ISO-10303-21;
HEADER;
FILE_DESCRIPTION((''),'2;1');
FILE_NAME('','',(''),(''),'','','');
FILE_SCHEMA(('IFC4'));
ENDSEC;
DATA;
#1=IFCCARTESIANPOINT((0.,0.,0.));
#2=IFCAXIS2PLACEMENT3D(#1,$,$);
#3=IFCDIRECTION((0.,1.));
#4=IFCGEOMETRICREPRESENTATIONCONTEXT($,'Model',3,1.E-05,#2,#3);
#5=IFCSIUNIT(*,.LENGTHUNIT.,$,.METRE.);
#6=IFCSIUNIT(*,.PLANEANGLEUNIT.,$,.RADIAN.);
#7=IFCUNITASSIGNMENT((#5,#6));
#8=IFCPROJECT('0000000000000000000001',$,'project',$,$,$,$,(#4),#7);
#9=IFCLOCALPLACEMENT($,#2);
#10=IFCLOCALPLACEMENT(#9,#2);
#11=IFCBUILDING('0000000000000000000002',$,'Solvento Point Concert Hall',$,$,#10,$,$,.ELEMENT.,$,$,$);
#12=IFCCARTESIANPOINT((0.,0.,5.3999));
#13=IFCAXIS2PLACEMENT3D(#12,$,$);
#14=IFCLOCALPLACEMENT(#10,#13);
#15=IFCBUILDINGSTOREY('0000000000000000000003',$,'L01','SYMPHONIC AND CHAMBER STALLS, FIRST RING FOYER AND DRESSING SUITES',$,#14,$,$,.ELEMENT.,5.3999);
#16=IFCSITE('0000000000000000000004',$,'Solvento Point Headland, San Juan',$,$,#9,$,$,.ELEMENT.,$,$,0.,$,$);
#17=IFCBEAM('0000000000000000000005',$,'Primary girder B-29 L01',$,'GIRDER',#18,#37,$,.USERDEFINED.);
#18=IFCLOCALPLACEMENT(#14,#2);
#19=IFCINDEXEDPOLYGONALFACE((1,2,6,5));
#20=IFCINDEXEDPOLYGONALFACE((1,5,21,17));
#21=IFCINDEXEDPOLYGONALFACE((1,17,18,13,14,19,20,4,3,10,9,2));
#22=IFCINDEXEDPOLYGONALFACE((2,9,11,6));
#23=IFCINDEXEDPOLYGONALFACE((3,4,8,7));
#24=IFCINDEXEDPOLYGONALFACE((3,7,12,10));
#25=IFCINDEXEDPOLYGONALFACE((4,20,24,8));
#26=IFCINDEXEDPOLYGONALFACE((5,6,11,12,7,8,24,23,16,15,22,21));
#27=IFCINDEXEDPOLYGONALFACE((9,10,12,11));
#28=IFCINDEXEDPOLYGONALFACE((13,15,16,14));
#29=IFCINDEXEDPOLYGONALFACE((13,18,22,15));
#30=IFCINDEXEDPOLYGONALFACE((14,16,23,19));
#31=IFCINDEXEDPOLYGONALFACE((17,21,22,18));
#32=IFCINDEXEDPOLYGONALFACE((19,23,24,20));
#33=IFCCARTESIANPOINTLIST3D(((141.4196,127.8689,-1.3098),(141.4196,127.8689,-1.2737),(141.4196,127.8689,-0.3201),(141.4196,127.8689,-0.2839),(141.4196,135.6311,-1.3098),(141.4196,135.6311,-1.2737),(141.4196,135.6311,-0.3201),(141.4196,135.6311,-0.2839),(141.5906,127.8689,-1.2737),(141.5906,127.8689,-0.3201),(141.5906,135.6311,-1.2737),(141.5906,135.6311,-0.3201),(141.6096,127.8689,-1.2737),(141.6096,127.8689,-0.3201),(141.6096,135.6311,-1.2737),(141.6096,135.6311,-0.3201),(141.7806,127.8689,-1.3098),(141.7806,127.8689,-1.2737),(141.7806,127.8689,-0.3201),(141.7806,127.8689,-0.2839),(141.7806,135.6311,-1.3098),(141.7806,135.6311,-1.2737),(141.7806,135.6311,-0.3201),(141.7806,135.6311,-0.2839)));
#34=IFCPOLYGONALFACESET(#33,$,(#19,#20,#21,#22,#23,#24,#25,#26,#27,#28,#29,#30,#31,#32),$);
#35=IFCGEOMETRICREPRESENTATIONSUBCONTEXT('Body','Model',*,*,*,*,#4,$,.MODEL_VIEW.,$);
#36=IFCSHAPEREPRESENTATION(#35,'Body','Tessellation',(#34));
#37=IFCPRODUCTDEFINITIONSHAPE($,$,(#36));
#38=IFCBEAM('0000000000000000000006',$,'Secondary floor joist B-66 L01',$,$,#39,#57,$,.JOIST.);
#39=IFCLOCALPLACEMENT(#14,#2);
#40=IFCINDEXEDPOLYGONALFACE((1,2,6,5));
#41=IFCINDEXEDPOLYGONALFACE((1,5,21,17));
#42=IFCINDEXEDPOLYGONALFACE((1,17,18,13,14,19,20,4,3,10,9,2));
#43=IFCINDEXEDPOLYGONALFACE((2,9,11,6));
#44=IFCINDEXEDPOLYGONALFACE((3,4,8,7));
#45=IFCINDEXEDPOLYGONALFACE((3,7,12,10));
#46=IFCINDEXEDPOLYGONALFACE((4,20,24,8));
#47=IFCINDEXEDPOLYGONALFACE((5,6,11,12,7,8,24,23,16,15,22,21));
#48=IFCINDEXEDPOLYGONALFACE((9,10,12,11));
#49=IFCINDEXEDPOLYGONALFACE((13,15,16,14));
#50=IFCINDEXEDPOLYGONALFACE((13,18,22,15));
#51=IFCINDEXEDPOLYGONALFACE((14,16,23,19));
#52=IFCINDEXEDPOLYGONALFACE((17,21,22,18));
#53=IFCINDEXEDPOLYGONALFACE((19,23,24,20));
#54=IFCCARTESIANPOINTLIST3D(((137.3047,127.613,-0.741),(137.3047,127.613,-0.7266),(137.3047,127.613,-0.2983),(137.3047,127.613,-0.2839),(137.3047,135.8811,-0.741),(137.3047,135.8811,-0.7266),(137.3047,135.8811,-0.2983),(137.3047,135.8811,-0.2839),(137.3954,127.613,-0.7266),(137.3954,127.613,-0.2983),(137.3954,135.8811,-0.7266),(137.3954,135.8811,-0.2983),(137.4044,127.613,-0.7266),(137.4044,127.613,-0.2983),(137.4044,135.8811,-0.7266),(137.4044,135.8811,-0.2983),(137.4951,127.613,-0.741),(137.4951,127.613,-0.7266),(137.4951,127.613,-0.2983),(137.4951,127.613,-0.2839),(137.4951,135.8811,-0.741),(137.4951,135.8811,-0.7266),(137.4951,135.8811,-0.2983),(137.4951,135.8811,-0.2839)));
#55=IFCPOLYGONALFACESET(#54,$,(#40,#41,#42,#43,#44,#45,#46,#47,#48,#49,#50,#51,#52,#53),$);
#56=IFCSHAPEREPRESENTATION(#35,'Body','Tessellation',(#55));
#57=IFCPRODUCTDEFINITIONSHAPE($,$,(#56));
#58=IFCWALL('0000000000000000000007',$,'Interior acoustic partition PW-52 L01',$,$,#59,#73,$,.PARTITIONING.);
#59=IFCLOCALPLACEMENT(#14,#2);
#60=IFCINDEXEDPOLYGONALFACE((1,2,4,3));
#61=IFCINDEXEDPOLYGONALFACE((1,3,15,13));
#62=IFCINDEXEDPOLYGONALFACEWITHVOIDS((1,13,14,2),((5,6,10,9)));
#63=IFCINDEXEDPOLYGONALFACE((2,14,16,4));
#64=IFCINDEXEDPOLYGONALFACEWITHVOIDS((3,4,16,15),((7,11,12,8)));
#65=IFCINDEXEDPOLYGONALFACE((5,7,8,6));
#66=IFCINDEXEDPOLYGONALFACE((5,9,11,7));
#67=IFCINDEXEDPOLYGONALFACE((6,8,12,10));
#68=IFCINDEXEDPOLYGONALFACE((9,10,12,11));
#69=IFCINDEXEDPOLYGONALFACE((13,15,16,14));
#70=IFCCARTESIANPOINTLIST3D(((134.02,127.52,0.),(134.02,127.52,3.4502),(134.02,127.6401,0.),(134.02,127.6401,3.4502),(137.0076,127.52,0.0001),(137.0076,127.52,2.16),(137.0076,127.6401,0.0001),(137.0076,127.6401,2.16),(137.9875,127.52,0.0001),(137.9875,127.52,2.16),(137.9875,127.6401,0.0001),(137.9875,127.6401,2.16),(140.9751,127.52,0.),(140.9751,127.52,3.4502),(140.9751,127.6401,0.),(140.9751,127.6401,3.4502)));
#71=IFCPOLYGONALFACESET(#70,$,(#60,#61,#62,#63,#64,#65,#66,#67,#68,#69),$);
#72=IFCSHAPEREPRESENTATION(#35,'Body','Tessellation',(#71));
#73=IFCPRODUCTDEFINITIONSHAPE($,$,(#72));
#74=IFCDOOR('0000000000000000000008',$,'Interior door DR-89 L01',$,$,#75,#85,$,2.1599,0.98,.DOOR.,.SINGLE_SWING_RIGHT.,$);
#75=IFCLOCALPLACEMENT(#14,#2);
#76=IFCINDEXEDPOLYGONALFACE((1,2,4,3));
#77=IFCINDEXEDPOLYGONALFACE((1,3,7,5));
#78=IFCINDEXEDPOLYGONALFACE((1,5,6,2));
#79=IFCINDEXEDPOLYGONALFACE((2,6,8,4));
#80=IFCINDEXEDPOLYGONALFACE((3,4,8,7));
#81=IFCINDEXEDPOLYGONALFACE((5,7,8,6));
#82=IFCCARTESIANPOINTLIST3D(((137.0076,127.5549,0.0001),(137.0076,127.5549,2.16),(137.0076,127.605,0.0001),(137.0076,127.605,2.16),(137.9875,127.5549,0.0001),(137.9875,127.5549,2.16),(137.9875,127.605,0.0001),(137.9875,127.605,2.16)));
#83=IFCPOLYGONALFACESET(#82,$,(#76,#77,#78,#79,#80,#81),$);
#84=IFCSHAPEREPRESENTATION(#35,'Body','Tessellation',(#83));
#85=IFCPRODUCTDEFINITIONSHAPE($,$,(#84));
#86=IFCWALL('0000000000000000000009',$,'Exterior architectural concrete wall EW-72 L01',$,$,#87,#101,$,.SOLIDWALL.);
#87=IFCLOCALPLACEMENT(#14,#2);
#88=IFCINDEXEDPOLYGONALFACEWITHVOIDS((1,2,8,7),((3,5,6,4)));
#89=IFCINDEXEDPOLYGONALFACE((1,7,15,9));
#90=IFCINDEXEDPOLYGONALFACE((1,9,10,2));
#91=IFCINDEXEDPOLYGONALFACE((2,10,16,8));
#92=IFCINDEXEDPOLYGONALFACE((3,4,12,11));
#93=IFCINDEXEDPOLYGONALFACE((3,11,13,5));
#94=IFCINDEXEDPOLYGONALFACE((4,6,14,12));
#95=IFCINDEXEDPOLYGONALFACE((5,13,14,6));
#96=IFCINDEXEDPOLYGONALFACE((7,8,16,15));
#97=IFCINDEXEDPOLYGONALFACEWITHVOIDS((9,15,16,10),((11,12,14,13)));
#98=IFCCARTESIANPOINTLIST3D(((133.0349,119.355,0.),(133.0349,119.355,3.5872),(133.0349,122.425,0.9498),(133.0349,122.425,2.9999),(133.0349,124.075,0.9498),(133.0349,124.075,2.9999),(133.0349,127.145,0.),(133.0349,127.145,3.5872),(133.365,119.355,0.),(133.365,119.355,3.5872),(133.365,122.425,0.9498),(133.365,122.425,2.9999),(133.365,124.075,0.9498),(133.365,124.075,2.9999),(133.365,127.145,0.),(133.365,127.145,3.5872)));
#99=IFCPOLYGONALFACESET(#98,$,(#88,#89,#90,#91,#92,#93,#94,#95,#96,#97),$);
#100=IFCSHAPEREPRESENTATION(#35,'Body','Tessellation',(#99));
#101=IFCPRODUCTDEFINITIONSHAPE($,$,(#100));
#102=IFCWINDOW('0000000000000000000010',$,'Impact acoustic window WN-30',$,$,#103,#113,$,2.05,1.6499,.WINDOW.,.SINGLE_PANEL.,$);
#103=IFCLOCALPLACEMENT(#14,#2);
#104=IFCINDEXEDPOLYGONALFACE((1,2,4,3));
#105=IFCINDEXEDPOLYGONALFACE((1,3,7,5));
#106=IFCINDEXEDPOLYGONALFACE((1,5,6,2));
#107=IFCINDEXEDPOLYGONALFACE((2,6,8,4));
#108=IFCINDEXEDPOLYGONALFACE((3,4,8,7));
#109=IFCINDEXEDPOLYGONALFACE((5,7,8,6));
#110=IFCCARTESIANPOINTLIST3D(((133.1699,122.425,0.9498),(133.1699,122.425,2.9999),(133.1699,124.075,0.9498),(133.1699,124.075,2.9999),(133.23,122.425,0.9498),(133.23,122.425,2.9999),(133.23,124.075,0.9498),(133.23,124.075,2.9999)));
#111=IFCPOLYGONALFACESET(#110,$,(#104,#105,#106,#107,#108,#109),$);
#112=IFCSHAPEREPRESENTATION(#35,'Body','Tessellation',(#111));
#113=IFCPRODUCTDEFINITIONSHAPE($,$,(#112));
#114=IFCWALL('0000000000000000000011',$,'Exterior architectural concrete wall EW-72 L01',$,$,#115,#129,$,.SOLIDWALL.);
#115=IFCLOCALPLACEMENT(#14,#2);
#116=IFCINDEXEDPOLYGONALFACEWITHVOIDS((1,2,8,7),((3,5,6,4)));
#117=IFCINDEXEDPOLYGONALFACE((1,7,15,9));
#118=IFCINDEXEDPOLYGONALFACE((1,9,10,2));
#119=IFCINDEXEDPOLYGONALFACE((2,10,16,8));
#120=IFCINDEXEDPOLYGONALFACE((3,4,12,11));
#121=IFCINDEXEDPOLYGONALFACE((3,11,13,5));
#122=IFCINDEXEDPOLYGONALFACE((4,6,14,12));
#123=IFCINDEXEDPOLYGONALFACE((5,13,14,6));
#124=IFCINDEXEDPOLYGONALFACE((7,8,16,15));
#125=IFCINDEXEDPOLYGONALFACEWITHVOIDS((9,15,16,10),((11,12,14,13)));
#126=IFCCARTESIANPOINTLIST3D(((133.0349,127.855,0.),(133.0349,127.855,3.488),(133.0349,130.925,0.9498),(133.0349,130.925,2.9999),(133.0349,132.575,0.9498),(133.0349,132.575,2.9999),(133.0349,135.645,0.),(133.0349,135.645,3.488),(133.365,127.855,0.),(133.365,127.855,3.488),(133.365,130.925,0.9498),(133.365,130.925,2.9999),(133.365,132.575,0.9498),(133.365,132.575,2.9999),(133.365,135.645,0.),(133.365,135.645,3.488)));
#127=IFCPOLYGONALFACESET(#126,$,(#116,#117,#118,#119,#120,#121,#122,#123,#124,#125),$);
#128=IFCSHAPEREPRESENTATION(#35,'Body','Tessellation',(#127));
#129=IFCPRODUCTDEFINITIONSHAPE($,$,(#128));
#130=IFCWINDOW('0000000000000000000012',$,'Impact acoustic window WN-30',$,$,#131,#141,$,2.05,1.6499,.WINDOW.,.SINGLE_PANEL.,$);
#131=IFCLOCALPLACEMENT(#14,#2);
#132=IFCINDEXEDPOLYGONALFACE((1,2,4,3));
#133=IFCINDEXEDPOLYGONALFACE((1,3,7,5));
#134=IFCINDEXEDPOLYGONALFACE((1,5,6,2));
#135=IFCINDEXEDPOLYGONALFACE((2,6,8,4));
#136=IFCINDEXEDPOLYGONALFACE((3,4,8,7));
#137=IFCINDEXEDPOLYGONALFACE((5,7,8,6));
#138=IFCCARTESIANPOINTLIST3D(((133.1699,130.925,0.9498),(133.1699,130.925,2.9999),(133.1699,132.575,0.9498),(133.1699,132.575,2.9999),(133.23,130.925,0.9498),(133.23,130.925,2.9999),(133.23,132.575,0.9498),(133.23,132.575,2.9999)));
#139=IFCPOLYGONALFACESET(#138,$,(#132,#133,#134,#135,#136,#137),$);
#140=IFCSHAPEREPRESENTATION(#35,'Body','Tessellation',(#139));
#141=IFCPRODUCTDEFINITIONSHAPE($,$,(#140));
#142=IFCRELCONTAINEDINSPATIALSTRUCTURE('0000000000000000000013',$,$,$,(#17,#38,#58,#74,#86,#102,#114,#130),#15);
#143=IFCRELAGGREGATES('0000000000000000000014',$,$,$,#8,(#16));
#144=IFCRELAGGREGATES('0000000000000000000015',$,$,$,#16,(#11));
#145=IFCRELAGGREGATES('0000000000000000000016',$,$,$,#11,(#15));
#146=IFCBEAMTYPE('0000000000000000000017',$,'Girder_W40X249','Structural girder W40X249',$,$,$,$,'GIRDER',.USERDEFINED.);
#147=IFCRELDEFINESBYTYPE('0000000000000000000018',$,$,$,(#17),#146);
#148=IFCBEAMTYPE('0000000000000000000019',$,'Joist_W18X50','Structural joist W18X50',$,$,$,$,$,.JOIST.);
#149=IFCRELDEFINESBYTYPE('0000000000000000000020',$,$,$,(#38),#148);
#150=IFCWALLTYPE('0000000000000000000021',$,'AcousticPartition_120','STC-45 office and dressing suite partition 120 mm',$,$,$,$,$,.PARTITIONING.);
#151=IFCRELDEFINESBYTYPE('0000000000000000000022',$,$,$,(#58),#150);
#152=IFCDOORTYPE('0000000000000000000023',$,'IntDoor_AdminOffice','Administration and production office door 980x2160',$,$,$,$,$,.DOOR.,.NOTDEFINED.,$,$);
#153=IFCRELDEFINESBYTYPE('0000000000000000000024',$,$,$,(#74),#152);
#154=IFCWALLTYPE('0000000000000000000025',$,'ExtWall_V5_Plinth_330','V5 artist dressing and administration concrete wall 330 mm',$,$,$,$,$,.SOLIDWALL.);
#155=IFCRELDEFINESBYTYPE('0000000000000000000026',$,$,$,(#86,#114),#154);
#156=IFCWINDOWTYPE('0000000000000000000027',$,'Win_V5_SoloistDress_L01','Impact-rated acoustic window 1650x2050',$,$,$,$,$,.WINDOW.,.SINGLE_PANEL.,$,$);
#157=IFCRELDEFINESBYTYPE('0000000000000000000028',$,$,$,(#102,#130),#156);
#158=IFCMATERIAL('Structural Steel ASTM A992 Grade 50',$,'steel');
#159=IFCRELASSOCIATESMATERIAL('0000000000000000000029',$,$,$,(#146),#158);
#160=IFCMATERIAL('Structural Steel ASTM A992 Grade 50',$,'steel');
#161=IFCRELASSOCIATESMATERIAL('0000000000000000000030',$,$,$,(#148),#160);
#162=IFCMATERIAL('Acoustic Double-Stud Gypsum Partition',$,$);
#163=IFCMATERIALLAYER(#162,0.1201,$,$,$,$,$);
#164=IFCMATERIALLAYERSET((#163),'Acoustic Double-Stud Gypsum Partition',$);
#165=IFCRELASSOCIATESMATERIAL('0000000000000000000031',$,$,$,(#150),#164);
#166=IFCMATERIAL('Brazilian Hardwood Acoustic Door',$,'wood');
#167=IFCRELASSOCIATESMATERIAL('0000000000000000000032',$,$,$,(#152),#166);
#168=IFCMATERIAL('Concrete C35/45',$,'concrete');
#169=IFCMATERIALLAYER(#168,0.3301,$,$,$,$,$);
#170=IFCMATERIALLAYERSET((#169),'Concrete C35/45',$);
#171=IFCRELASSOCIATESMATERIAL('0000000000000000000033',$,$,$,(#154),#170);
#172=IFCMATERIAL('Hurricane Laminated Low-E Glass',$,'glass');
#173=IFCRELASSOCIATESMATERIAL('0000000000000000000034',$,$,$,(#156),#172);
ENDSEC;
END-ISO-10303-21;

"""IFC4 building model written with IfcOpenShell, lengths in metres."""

from ifc_helpers import new_model, si_unit, direction, frame, frame_2d, origin, origin_2d, place, context, subcontext, project, spatial, rectangle, i_section, extrude, material, layer, layer_set, material_profile, profile_set, type_object, element, fill, save


model = new_model("IFC4")

# Units and contexts
model_context = context("Model", 3, precision=1e-05, world=origin(), true_north=direction((0.0, 1.0)))
body_context = subcontext(model_context, "Body", "Model", "MODEL_VIEW")
ifc_project = project(units=[si_unit("LENGTHUNIT", "METRE"), si_unit("PLANEANGLEUNIT", "RADIAN")], contexts=[model_context])

# Site, building, storey
site_placement = place(None, origin())
site = spatial("IfcSite", under=ifc_project, at=site_placement, Name="Solvento Point Headland, San Juan", CompositionType="ELEMENT", RefElevation=0.0)
building_placement = place(site_placement, origin())
building = spatial("IfcBuilding", under=site, at=building_placement, Name="Solvento Point Concert Hall", CompositionType="ELEMENT")
storey_placement = place(building_placement, frame((0.0, 0.0, 5.3999)))
storey = spatial("IfcBuildingStorey", under=building, at=storey_placement, Name="L01", Description="SYMPHONIC AND CHAMBER STALLS, FIRST RING FOYER AND DRESSING SUITES", CompositionType="ELEMENT", Elevation=5.3999)

# Beams
ifc_material_1 = material(Name="Structural Steel ASTM A992 Grade 50", Category="steel")
ifc_material_profile_1 = material_profile(ifc_material_1, i_section(OverallWidth=0.3611, OverallDepth=1.0259, WebThickness=0.019, FlangeThickness=0.0361, at=origin_2d()), Name="W40X249")
ifc_profile_set_1 = profile_set([ifc_material_profile_1], Name="Structural Steel ASTM A992 Grade 50")
beam_type_1 = type_object("IfcBeamType", Name="Girder_W40X249", Description="Structural girder W40X249", ElementType="GIRDER", PredefinedType="USERDEFINED", material=ifc_profile_set_1)
beam_1_placement = place(storey_placement, frame((141.6001, 127.8689, -0.7969), z_axis=(0.0, 1.0, 0.0), x_axis=(-1.0, 0.0, 0.0)))
element("IfcBeam", 1, at=beam_1_placement, inside=storey, type_object=beam_type_1, Name="Primary girder B-29 L01", ObjectType="GIRDER", PredefinedType="USERDEFINED", context=body_context, shape_type="SweptSolid", body=[
    extrude(i_section(OverallWidth=0.3611, OverallDepth=1.0259, WebThickness=0.019, FlangeThickness=0.0361, at=origin_2d()), origin(), (0.0, 0.0, 1.0), 7.7622),
])
ifc_material_2 = material(Name="Structural Steel ASTM A992 Grade 50", Category="steel")
ifc_material_profile_2 = material_profile(ifc_material_2, i_section(OverallWidth=0.1904, OverallDepth=0.457, WebThickness=0.009, FlangeThickness=0.0144, at=origin_2d()), Name="W18X50")
ifc_profile_set_2 = profile_set([ifc_material_profile_2], Name="Structural Steel ASTM A992 Grade 50")
beam_type_2 = type_object("IfcBeamType", Name="Joist_W18X50", Description="Structural joist W18X50", PredefinedType="JOIST", material=ifc_profile_set_2)
beam_2_placement = place(storey_placement, frame((137.3999, 127.613, -0.5125), z_axis=(0.0, 1.0, 0.0), x_axis=(-1.0, 0.0, 0.0)))
element("IfcBeam", 2, at=beam_2_placement, inside=storey, type_object=beam_type_2, Name="Secondary floor joist B-66 L01", PredefinedType="JOIST", context=body_context, shape_type="SweptSolid", body=[
    extrude(i_section(OverallWidth=0.1904, OverallDepth=0.457, WebThickness=0.009, FlangeThickness=0.0144, at=origin_2d()), origin(), (0.0, 0.0, 1.0), 8.2681),
])

# Wall, opening, door
ifc_material_3 = material(Name="Acoustic Double-Stud Gypsum Partition")
ifc_layer_1 = layer(ifc_material_3, 0.1201)
ifc_layer_set_1 = layer_set([ifc_layer_1], Name="Acoustic Double-Stud Gypsum Partition")
wall_type_1 = type_object("IfcWallType", Name="AcousticPartition_120", Description="STC-45 office and dressing suite partition 120 mm", PredefinedType="PARTITIONING", material=ifc_layer_set_1)
wall_1_placement = place(storey_placement, frame((134.02, 127.5801, 0.0), z_axis=(0.0, 0.0, 1.0), x_axis=(1.0, 0.0, 0.0)))
wall_1 = element("IfcWall", 3, at=wall_1_placement, inside=storey, type_object=wall_type_1, Name="Interior acoustic partition PW-52 L01", PredefinedType="PARTITIONING", context=body_context, shape_type="SweptSolid", body=[
    extrude(rectangle(XDim=6.9551, YDim=0.1201, at=frame_2d((3.4775, 0.0))), origin(), (0.0, 0.0, 1.0), 3.4502),
])
opening_1_placement = place(wall_1_placement, frame((2.9875, 0.0, 0.0)))
opening_1 = element("IfcOpeningElement", 4, at=opening_1_placement, cuts=wall_1, PredefinedType="OPENING", context=body_context, shape_type="SweptSolid", body=[
    extrude(rectangle(XDim=0.98, YDim=2.1599, at=frame_2d((0.49, 1.0801))), frame((0.0, 0.0701, 0.0), z_axis=(0.0, -1.0, 0.0), x_axis=(1.0, 0.0, 0.0)), (0.0, 0.0, 1.0), 0.1401),
])
ifc_material_4 = material(Name="Brazilian Hardwood Acoustic Door", Category="wood")
door_type = type_object("IfcDoorType", Name="IntDoor_AdminOffice", Description="Administration and production office door 980x2160", OperationType="NOTDEFINED", PredefinedType="DOOR", material=ifc_material_4)
door_placement = place(opening_1_placement, origin())
door = element("IfcDoor", 5, at=door_placement, inside=storey, type_object=door_type, Name="Interior door DR-89 L01", OperationType="SINGLE_SWING_RIGHT", OverallHeight=2.1599, OverallWidth=0.98, PredefinedType="DOOR", context=body_context, shape_type="SweptSolid", body=[
    extrude(rectangle(XDim=0.98, YDim=2.1599, at=frame_2d((0.49, 1.0801))), frame((0.0, 0.0249, 0.0), z_axis=(0.0, -1.0, 0.0), x_axis=(1.0, 0.0, 0.0)), (0.0, 0.0, 1.0), 0.05),
])
fill(opening_1, door)

# Walls, openings, windows
ifc_material_5 = material(Name="Concrete C35/45", Category="concrete")
ifc_layer_2 = layer(ifc_material_5, 0.3301)
ifc_layer_set_2 = layer_set([ifc_layer_2], Name="Concrete C35/45")
wall_type_2 = type_object("IfcWallType", Name="ExtWall_V5_Plinth_330", Description="V5 artist dressing and administration concrete wall 330 mm", PredefinedType="SOLIDWALL", material=ifc_layer_set_2)
wall_2_placement = place(storey_placement, frame((133.2, 119.355, 0.0), z_axis=(0.0, 0.0, 1.0), x_axis=(0.0, 1.0, 0.0)))
wall_2 = element("IfcWall", 6, at=wall_2_placement, inside=storey, type_object=wall_type_2, Name="Exterior architectural concrete wall EW-72 L01", PredefinedType="SOLIDWALL", context=body_context, shape_type="SweptSolid", body=[
    extrude(rectangle(XDim=7.79, YDim=0.3301, at=frame_2d((3.895, 0.0))), origin(), (0.0, 0.0, 1.0), 3.5872),
])
opening_2_placement = place(wall_2_placement, frame((3.0701, 0.0, 0.95)))
opening_2 = element("IfcOpeningElement", 7, at=opening_2_placement, cuts=wall_2, PredefinedType="OPENING", context=body_context, shape_type="SweptSolid", body=[
    extrude(rectangle(XDim=1.6499, YDim=2.05, at=frame_2d((0.825, 1.0249))), frame((0.0, 0.175, 0.0), z_axis=(0.0, -1.0, 0.0), x_axis=(1.0, 0.0, 0.0)), (0.0, 0.0, 1.0), 0.3501),
])
ifc_material_6 = material(Name="Hurricane Laminated Low-E Glass", Category="glass")
window_type = type_object("IfcWindowType", Name="Win_V5_SoloistDress_L01", Description="Impact-rated acoustic window 1650x2050", PartitioningType="SINGLE_PANEL", PredefinedType="WINDOW", material=ifc_material_6)
window_1_placement = place(opening_2_placement, origin())
window_1 = element("IfcWindow", 8, at=window_1_placement, inside=storey, type_object=window_type, Name="Impact acoustic window WN-30", OverallHeight=2.05, OverallWidth=1.6499, PartitioningType="SINGLE_PANEL", PredefinedType="WINDOW", context=body_context, shape_type="SweptSolid", body=[
    extrude(rectangle(XDim=1.6499, YDim=2.05, at=frame_2d((0.825, 1.0249))), frame((0.0, 0.03, 0.0), z_axis=(0.0, -1.0, 0.0), x_axis=(1.0, 0.0, 0.0)), (0.0, 0.0, 1.0), 0.0601),
])
fill(opening_2, window_1)
wall_3_placement = place(storey_placement, frame((133.2, 127.855, 0.0), z_axis=(0.0, 0.0, 1.0), x_axis=(0.0, 1.0, 0.0)))
wall_3 = element("IfcWall", 9, at=wall_3_placement, inside=storey, type_object=wall_type_2, Name="Exterior architectural concrete wall EW-72 L01", PredefinedType="SOLIDWALL", context=body_context, shape_type="SweptSolid", body=[
    extrude(rectangle(XDim=7.79, YDim=0.3301, at=frame_2d((3.895, 0.0))), origin(), (0.0, 0.0, 1.0), 3.488),
])
opening_3_placement = place(wall_3_placement, frame((3.0701, 0.0, 0.95)))
opening_3 = element("IfcOpeningElement", 10, at=opening_3_placement, cuts=wall_3, PredefinedType="OPENING", context=body_context, shape_type="SweptSolid", body=[
    extrude(rectangle(XDim=1.6499, YDim=2.05, at=frame_2d((0.825, 1.0249))), frame((0.0, 0.175, 0.0), z_axis=(0.0, -1.0, 0.0), x_axis=(1.0, 0.0, 0.0)), (0.0, 0.0, 1.0), 0.3501),
])
window_2_placement = place(opening_3_placement, origin())
window_2 = element("IfcWindow", 11, at=window_2_placement, inside=storey, type_object=window_type, Name="Impact acoustic window WN-30", OverallHeight=2.05, OverallWidth=1.6499, PartitioningType="SINGLE_PANEL", PredefinedType="WINDOW", context=body_context, shape_type="SweptSolid", body=[
    extrude(rectangle(XDim=1.6499, YDim=2.05, at=frame_2d((0.825, 1.0249))), frame((0.0, 0.03, 0.0), z_axis=(0.0, -1.0, 0.0), x_axis=(1.0, 0.0, 0.0)), (0.0, 0.0, 1.0), 0.0601),
])
fill(opening_3, window_2)

save(model, "model.ifc")
